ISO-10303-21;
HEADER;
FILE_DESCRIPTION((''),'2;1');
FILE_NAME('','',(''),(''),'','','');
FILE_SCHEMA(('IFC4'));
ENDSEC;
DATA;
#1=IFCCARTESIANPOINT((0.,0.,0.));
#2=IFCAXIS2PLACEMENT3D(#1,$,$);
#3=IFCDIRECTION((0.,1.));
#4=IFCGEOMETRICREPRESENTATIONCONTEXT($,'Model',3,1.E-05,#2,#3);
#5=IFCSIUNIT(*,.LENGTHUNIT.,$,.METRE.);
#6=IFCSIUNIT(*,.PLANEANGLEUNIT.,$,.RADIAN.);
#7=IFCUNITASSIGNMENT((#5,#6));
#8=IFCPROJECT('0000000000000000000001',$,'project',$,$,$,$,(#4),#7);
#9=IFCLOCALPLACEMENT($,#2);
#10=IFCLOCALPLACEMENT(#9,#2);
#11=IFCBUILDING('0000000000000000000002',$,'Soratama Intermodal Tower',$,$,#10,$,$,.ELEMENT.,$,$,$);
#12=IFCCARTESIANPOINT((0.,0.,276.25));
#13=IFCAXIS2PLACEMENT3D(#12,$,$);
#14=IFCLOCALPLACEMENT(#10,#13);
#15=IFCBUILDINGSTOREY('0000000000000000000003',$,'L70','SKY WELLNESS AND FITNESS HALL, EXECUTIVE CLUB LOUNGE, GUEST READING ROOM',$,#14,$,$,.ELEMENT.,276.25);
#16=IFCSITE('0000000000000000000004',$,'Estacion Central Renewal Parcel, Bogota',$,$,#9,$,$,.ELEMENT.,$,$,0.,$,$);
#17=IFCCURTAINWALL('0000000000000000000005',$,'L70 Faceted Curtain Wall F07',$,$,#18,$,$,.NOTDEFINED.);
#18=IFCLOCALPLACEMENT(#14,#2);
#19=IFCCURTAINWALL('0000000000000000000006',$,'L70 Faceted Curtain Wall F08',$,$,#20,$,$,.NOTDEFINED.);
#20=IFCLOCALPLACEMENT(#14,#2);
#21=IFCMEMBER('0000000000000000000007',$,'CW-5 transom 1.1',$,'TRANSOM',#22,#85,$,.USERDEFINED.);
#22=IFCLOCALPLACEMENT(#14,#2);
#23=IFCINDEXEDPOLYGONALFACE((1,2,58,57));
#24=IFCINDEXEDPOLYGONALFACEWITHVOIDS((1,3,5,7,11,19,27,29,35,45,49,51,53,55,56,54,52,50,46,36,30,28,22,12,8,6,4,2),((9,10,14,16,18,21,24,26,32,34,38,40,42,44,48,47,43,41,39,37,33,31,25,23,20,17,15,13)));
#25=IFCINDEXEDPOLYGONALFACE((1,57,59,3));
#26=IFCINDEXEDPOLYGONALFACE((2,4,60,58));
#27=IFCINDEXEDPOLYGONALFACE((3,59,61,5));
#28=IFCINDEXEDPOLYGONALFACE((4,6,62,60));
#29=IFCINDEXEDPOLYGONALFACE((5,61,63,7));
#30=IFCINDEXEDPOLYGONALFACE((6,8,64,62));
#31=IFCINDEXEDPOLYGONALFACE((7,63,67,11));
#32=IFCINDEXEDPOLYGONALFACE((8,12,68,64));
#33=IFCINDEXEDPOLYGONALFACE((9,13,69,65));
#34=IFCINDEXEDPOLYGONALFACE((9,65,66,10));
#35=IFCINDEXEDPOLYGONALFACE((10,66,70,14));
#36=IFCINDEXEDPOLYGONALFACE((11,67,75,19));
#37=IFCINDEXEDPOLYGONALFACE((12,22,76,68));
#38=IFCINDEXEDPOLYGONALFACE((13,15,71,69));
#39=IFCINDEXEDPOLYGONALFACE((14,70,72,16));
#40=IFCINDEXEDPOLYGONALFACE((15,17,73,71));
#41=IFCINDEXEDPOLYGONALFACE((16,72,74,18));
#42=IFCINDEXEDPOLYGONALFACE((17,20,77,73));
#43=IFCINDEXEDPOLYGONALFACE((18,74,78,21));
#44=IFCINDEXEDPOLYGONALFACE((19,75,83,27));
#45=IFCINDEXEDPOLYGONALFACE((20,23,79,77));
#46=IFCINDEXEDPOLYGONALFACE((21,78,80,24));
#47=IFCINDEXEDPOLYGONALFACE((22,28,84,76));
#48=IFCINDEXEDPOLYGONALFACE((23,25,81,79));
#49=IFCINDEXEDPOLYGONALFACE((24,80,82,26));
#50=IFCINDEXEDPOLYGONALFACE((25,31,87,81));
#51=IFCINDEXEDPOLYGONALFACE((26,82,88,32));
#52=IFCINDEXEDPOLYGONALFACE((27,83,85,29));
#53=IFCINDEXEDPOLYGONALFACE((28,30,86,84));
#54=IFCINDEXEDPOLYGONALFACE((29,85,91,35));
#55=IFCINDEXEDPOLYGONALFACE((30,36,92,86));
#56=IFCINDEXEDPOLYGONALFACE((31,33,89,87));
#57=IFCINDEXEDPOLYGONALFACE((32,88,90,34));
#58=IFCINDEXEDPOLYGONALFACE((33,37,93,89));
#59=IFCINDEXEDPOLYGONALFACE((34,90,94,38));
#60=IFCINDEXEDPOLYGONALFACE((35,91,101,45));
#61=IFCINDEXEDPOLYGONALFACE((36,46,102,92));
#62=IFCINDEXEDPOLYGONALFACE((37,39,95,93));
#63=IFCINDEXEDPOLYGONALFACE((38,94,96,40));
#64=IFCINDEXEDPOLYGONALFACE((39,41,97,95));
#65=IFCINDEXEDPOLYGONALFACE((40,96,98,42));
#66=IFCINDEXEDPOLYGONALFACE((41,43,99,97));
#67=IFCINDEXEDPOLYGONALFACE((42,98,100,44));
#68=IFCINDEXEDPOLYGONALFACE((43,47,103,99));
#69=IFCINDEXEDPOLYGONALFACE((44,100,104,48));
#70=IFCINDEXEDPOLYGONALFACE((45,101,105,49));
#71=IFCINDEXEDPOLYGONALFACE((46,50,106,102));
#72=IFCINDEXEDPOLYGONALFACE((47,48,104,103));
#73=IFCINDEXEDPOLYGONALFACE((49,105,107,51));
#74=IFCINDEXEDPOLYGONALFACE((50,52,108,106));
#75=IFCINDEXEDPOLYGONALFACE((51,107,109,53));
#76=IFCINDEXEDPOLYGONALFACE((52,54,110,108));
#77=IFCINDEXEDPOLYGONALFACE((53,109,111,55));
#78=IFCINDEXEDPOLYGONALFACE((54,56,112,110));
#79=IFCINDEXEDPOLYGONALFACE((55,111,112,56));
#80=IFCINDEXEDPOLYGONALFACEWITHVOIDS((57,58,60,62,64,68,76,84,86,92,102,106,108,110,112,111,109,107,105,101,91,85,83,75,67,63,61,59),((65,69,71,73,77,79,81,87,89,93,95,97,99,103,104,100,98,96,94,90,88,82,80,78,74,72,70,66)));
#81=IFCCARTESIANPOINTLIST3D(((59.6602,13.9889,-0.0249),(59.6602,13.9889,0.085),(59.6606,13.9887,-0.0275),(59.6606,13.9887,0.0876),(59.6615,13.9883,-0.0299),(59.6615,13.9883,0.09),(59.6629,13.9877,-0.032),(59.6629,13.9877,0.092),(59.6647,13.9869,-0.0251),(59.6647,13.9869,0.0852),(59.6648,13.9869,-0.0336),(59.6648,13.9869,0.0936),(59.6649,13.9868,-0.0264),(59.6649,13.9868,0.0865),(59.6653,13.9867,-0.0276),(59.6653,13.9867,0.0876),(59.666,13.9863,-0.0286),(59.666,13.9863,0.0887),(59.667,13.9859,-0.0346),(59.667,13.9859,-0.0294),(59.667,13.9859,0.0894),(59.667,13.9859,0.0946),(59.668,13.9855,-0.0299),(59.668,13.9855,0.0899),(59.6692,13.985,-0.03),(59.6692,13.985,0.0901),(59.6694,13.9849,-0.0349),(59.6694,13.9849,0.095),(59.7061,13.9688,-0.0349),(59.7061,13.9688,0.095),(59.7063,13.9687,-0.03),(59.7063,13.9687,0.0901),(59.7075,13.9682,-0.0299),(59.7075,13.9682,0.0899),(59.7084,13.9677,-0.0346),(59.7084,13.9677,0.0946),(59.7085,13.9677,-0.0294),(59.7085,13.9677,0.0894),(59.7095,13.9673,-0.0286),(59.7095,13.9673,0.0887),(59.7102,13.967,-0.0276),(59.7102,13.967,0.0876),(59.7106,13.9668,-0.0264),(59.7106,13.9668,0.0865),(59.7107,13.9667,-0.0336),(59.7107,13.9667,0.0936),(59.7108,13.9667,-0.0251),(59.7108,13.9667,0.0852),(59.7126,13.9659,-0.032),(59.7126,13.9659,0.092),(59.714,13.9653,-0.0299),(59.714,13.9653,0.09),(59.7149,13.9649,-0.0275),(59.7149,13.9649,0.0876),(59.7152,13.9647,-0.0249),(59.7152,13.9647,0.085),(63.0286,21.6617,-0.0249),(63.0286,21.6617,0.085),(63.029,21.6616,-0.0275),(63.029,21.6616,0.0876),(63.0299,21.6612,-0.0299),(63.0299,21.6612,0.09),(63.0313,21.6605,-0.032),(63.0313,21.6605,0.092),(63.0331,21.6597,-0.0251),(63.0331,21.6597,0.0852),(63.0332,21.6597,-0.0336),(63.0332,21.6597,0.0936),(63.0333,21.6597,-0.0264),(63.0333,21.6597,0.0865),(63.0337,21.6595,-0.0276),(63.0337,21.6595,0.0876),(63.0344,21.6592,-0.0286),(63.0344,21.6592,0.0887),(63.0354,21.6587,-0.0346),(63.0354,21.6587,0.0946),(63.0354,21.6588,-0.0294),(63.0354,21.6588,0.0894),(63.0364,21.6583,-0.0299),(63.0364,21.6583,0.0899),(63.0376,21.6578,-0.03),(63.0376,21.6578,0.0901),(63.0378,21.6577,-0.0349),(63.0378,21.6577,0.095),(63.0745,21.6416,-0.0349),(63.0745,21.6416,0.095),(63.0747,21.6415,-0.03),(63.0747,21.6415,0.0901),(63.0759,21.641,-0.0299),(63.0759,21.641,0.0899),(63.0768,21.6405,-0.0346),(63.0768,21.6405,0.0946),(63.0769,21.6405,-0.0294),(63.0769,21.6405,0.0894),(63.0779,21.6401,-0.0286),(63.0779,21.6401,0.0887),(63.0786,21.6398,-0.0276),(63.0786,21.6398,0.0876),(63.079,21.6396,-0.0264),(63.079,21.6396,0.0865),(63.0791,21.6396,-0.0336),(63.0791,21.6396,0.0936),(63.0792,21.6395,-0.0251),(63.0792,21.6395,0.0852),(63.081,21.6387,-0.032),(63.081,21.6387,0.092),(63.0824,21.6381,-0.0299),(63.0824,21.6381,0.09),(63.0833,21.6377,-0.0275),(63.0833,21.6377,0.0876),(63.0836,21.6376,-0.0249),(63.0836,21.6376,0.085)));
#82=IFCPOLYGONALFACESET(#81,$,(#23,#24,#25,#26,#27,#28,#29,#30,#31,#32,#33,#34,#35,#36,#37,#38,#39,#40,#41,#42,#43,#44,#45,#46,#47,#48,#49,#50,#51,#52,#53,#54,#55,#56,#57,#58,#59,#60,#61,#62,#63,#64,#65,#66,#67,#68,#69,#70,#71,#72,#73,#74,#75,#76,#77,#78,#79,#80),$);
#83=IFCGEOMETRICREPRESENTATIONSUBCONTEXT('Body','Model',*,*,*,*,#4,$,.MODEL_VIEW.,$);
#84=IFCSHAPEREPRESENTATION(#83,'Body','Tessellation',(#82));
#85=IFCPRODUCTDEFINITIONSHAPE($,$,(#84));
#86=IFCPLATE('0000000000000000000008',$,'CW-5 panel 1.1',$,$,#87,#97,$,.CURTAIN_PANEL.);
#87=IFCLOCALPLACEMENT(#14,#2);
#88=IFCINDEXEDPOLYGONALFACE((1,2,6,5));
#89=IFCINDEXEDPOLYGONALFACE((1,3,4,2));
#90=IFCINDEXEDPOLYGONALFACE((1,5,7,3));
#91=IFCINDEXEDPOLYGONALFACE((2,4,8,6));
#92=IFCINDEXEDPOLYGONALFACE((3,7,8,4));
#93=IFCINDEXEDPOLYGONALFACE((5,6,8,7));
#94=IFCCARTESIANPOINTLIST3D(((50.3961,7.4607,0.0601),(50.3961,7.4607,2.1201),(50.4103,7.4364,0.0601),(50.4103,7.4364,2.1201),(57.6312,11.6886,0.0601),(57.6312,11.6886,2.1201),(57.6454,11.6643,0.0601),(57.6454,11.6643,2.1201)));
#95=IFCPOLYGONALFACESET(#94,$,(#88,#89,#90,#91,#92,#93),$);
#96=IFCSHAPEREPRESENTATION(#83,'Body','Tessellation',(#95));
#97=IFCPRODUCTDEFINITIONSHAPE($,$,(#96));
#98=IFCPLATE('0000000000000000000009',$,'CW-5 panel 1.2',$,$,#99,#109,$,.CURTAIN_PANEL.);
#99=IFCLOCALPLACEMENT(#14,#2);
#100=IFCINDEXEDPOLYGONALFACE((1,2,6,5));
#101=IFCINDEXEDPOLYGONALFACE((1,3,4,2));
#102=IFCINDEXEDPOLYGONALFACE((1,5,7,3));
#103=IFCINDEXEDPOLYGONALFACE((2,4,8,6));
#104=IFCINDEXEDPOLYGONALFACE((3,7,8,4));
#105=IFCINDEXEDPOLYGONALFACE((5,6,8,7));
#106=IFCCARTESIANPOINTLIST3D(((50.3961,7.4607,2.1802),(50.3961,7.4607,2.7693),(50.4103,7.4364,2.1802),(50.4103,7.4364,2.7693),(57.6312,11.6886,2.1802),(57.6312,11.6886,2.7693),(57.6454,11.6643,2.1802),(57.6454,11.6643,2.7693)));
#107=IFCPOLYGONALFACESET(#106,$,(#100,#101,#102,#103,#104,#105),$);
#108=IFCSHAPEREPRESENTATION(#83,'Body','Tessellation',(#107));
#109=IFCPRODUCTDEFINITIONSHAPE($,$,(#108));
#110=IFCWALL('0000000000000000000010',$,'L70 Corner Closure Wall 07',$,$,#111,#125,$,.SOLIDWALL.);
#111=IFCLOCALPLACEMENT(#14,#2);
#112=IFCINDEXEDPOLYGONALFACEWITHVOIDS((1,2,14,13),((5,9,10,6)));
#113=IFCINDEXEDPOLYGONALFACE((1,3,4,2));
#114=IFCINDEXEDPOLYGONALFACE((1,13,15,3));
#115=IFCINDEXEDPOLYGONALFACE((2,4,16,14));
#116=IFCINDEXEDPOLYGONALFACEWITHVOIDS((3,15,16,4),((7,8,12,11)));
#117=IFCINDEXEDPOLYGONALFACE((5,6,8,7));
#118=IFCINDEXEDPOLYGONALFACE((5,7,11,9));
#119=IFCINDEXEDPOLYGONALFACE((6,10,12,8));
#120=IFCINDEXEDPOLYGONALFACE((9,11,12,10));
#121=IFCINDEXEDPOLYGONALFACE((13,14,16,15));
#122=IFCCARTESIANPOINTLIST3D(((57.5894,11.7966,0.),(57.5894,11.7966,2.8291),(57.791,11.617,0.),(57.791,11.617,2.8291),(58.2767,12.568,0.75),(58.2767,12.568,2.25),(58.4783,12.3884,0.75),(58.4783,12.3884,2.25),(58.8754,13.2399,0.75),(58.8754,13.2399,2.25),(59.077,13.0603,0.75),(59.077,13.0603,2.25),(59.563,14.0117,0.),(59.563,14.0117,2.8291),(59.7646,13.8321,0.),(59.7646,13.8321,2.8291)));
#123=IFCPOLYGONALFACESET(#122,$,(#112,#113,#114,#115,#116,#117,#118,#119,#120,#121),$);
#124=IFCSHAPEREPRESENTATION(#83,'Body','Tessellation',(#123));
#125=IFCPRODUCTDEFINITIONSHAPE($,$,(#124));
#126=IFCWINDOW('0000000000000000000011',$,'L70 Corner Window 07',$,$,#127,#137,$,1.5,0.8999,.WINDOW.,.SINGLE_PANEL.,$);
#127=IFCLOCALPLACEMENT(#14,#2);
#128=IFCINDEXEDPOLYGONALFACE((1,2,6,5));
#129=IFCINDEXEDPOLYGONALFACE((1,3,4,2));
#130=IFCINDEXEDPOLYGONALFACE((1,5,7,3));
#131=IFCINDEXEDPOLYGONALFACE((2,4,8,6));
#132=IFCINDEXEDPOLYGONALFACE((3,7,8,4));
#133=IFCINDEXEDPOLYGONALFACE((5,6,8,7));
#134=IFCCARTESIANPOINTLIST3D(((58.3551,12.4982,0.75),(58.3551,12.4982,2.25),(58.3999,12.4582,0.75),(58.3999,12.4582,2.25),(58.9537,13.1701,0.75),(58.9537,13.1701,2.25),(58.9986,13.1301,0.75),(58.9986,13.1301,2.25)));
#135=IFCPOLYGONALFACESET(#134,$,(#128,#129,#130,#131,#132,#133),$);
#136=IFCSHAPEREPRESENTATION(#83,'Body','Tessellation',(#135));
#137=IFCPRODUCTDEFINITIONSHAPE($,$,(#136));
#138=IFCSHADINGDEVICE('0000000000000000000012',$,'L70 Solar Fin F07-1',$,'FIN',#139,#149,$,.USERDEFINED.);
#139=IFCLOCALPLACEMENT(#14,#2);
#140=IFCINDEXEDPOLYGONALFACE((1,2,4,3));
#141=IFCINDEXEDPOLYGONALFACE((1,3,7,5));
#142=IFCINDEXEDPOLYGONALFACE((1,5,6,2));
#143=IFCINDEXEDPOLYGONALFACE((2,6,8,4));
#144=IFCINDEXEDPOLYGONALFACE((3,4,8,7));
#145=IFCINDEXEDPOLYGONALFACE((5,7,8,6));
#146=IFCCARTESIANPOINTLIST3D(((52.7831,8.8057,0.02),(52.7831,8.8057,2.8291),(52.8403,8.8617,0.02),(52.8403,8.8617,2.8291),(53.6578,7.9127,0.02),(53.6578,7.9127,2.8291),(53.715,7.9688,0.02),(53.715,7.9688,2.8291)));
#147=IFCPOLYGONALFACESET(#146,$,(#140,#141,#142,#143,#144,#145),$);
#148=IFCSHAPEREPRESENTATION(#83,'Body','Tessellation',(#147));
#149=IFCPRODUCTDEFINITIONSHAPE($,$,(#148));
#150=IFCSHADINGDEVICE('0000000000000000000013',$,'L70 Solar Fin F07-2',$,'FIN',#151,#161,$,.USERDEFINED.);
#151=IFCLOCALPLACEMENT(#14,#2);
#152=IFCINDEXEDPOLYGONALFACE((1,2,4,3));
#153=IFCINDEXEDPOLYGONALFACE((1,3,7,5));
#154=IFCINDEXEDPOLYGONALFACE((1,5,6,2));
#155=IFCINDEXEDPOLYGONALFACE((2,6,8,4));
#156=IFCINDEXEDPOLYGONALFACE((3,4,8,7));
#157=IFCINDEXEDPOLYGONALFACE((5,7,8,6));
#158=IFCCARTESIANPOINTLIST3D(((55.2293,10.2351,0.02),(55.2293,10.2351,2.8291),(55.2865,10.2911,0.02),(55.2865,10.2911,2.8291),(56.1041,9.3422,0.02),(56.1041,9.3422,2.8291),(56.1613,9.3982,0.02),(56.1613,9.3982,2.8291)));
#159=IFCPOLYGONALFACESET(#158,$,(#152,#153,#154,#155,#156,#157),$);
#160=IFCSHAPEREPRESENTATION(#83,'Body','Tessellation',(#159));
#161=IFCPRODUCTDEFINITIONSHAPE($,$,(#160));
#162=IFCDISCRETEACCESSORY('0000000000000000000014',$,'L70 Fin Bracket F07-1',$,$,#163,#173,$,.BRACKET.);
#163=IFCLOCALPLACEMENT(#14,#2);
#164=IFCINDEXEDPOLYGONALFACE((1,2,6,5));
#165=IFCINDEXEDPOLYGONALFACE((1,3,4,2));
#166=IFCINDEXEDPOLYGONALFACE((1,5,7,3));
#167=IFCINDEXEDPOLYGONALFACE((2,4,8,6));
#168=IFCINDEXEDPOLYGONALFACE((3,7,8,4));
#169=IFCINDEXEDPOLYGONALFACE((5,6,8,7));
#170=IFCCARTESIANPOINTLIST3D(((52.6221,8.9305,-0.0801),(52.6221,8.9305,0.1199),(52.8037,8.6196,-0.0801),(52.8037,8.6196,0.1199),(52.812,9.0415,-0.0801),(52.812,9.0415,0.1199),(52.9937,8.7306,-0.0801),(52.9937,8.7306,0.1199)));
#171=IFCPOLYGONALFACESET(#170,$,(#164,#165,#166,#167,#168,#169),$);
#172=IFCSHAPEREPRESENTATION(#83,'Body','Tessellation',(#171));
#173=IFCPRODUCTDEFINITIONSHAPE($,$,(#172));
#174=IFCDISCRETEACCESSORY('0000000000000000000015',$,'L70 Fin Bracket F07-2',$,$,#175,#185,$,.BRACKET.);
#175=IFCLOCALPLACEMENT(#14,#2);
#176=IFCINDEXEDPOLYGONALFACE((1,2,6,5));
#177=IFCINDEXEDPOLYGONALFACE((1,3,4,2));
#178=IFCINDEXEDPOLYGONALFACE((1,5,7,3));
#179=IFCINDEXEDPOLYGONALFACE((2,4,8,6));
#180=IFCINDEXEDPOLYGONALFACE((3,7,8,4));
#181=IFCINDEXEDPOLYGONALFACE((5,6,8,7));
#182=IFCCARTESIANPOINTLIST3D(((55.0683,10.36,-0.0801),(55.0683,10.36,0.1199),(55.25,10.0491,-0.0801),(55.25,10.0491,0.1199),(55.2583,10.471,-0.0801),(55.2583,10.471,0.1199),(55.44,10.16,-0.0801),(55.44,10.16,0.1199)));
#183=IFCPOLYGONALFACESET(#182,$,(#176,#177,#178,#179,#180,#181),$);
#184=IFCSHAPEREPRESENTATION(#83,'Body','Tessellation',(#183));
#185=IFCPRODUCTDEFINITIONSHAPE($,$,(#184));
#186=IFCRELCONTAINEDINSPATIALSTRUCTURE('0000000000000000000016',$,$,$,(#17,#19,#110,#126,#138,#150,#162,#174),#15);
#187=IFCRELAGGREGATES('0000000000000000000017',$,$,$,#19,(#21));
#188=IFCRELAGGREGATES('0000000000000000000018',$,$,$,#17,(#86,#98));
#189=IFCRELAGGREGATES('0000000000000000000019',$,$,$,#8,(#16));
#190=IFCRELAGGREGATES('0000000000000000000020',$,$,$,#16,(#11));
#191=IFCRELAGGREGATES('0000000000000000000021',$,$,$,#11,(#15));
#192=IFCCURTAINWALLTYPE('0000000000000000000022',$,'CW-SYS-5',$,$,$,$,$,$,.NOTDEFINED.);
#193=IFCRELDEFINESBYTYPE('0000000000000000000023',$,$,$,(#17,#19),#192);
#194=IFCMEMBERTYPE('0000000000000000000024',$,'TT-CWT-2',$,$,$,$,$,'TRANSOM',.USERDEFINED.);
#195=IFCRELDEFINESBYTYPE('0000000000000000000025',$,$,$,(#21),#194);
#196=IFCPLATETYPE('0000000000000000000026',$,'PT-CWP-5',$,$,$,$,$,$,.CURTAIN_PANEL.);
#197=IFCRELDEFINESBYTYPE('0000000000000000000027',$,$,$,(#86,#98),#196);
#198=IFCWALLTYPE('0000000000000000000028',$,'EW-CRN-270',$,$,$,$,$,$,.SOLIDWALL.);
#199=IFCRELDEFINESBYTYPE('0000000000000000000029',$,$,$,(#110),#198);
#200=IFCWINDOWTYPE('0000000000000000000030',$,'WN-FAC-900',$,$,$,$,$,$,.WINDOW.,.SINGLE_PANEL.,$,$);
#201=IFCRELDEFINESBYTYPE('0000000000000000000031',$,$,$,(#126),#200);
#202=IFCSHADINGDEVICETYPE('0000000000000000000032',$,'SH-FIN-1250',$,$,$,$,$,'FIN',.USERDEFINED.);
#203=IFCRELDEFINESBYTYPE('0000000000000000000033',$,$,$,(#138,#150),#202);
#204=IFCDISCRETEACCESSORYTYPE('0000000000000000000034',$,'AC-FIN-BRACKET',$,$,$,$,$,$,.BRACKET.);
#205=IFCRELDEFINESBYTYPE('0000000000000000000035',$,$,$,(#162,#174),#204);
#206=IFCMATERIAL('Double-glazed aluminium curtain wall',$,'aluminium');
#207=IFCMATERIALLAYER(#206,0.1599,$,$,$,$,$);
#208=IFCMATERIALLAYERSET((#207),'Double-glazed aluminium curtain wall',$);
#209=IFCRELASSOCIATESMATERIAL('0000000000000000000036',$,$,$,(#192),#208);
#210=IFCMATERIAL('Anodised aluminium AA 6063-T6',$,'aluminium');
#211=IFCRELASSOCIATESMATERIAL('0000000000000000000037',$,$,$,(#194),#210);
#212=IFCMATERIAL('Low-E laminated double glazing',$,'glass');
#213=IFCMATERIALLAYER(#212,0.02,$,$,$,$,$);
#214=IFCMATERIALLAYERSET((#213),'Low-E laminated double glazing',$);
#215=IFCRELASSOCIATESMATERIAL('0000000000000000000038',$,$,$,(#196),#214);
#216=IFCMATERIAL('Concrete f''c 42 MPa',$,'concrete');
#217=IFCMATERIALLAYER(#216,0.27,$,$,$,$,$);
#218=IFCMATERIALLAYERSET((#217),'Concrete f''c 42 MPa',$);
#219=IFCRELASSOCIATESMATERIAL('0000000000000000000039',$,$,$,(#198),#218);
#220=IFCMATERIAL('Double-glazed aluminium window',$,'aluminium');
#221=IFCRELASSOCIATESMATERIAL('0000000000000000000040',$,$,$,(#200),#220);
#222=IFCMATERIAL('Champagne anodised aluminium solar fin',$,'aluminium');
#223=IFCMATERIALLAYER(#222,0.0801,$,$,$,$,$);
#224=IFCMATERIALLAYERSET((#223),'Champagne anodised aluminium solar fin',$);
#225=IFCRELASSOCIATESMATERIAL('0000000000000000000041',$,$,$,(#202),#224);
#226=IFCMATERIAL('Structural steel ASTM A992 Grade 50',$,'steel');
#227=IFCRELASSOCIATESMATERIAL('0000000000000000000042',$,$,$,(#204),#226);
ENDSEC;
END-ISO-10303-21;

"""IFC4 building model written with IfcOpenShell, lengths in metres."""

from ifc_helpers import new_model, si_unit, direction, frame, frame_2d, origin, origin_2d, place, context, subcontext, project, spatial, rectangle, hollow_rectangle, extrude, material, layer, layer_set, material_profile, profile_set, type_object, element, fill, aggregate, save


model = new_model("IFC4")

# Units and contexts
model_context = context("Model", 3, precision=1e-05, world=origin(), true_north=direction((0.0, 1.0)))
body_context = subcontext(model_context, "Body", "Model", "MODEL_VIEW")
ifc_project = project(units=[si_unit("LENGTHUNIT", "METRE"), si_unit("PLANEANGLEUNIT", "RADIAN")], contexts=[model_context])

# Site, building, storey
site_placement = place(None, origin())
site = spatial("IfcSite", under=ifc_project, at=site_placement, Name="Estacion Central Renewal Parcel, Bogota", CompositionType="ELEMENT", RefElevation=0.0)
building_placement = place(site_placement, origin())
building = spatial("IfcBuilding", under=site, at=building_placement, Name="Soratama Intermodal Tower", CompositionType="ELEMENT")
storey_placement = place(building_placement, frame((0.0, 0.0, 276.25)))
storey = spatial("IfcBuildingStorey", under=building, at=storey_placement, Name="L70", Description="SKY WELLNESS AND FITNESS HALL, EXECUTIVE CLUB LOUNGE, GUEST READING ROOM", CompositionType="ELEMENT", Elevation=276.25)

# Curtain walls
ifc_material_1 = material(Name="Double-glazed aluminium curtain wall", Category="aluminium")
ifc_layer_1 = layer(ifc_material_1, 0.1599)
ifc_layer_set_1 = layer_set([ifc_layer_1], Name="Double-glazed aluminium curtain wall")
curtain_wall_type = type_object("IfcCurtainWallType", Name="CW-SYS-5", PredefinedType="NOTDEFINED", material=ifc_layer_set_1)
curtain_wall_1_placement = place(storey_placement, origin())
curtain_wall_1 = element("IfcCurtainWall", 1, at=curtain_wall_1_placement, inside=storey, type_object=curtain_wall_type, Name="L70 Faceted Curtain Wall F07", PredefinedType="NOTDEFINED")
curtain_wall_2_placement = place(storey_placement, origin())
curtain_wall_2 = element("IfcCurtainWall", 2, at=curtain_wall_2_placement, inside=storey, type_object=curtain_wall_type, Name="L70 Faceted Curtain Wall F08", PredefinedType="NOTDEFINED")

# Member
ifc_material_2 = material(Name="Anodised aluminium AA 6063-T6", Category="aluminium")
ifc_material_profile_1 = material_profile(ifc_material_2, hollow_rectangle(XDim=0.0601, YDim=0.1299, WallThickness=0.0049, InnerFilletRadius=0.0049, OuterFilletRadius=0.01, at=origin_2d()), Name="CWT130X60X5")
ifc_profile_set_1 = profile_set([ifc_material_profile_1], Name="Anodised aluminium AA 6063-T6")
member_type_1 = type_object("IfcMemberType", Name="TT-CWT-2", ElementType="TRANSOM", PredefinedType="USERDEFINED", material=ifc_profile_set_1)
member_1_placement = place(storey_placement, frame((59.6877, 13.9768, 0.03), z_axis=(0.401974, 0.915651, 0.0), x_axis=(-0.915651, 0.401974, 0.0)))
member_1 = element("IfcMember", 3, at=member_1_placement, type_object=member_type_1, Name="CW-5 transom 1.1", ObjectType="TRANSOM", PredefinedType="USERDEFINED", context=body_context, shape_type="SweptSolid", body=[
    extrude(hollow_rectangle(XDim=0.0601, YDim=0.1299, WallThickness=0.0049, InnerFilletRadius=0.0049, OuterFilletRadius=0.01, at=origin_2d()), origin(), (0.0, 0.0, 1.0), 8.3796),
])
aggregate(curtain_wall_2, [member_1])

# Plates
ifc_material_3 = material(Name="Low-E laminated double glazing", Category="glass")
ifc_layer_2 = layer(ifc_material_3, 0.02)
ifc_layer_set_2 = layer_set([ifc_layer_2], Name="Low-E laminated double glazing")
plate_type = type_object("IfcPlateType", Name="PT-CWP-5", PredefinedType="CURTAIN_PANEL", material=ifc_layer_set_2)
plate_1_placement = place(storey_placement, frame((54.0208, 9.5625, 0.0601), z_axis=(0.0, 0.0, 1.0), x_axis=(0.863395, 0.504528, 0.0)))
plate_1 = element("IfcPlate", 4, at=plate_1_placement, type_object=plate_type, Name="CW-5 panel 1.1", PredefinedType="CURTAIN_PANEL", context=body_context, shape_type="SweptSolid", body=[
    extrude(rectangle(XDim=8.3799, YDim=0.0281, at=origin_2d()), origin(), (0.0, 0.0, 1.0), 2.0601),
])
plate_2_placement = place(storey_placement, frame((54.0208, 9.5625, 2.1802), z_axis=(0.0, 0.0, 1.0), x_axis=(0.863395, 0.504528, 0.0)))
plate_2 = element("IfcPlate", 5, at=plate_2_placement, type_object=plate_type, Name="CW-5 panel 1.2", PredefinedType="CURTAIN_PANEL", context=body_context, shape_type="SweptSolid", body=[
    extrude(rectangle(XDim=8.3799, YDim=0.0281, at=origin_2d()), origin(), (0.0, 0.0, 1.0), 0.5891),
])
aggregate(curtain_wall_1, [plate_1, plate_2])

# Wall, opening, window
ifc_material_4 = material(Name="Concrete f'c 42 MPa", Category="concrete")
ifc_layer_3 = layer(ifc_material_4, 0.27)
ifc_layer_set_3 = layer_set([ifc_layer_3], Name="Concrete f'c 42 MPa")
wall_type = type_object("IfcWallType", Name="EW-CRN-270", PredefinedType="SOLIDWALL", material=ifc_layer_set_3)
wall_placement = place(storey_placement, frame((57.6902, 11.7068, 0.0), z_axis=(0.0, 0.0, 1.0), x_axis=(0.665242, 0.746628, 0.0)))
wall = element("IfcWall", 6, at=wall_placement, inside=storey, type_object=wall_type, Name="L70 Corner Closure Wall 07", PredefinedType="SOLIDWALL", context=body_context, shape_type="SweptSolid", body=[
    extrude(rectangle(XDim=2.9668, YDim=0.27, at=frame_2d((1.4834, 0.0))), origin(), (0.0, 0.0, 1.0), 2.8291),
])
opening_placement = place(wall_placement, frame((1.0332, 0.0, 0.75)))
opening = element("IfcOpeningElement", 7, at=opening_placement, cuts=wall, PredefinedType="OPENING", context=body_context, shape_type="SweptSolid", body=[
    extrude(rectangle(XDim=0.8999, YDim=1.5, at=frame_2d((0.45, 0.75))), frame((0.0, 0.145, 0.0), z_axis=(0.0, -1.0, 0.0), x_axis=(1.0, 0.0, 0.0)), (0.0, 0.0, 1.0), 0.29),
])
ifc_material_5 = material(Name="Double-glazed aluminium window", Category="aluminium")
window_type = type_object("IfcWindowType", Name="WN-FAC-900", PartitioningType="SINGLE_PANEL", PredefinedType="WINDOW", material=ifc_material_5)
window_placement = place(opening_placement, origin())
window = element("IfcWindow", 8, at=window_placement, inside=storey, type_object=window_type, Name="L70 Corner Window 07", OverallHeight=1.5, OverallWidth=0.8999, PartitioningType="SINGLE_PANEL", PredefinedType="WINDOW", context=body_context, shape_type="SweptSolid", body=[
    extrude(rectangle(XDim=0.8999, YDim=1.5, at=frame_2d((0.45, 0.75))), frame((0.0, 0.03, 0.0), z_axis=(0.0, -1.0, 0.0), x_axis=(1.0, 0.0, 0.0)), (0.0, 0.0, 1.0), 0.0601),
])
fill(opening, window)

# Shading devices
ifc_material_6 = material(Name="Champagne anodised aluminium solar fin", Category="aluminium")
ifc_layer_4 = layer(ifc_material_6, 0.0801)
ifc_layer_set_4 = layer_set([ifc_layer_4], Name="Champagne anodised aluminium solar fin")
shading_device_type = type_object("IfcShadingDeviceType", Name="SH-FIN-1250", ElementType="FIN", PredefinedType="USERDEFINED", material=ifc_layer_set_4)
for number, where, z_axis, x_axis, name in (
    (9, (53.249, 8.3872, 0.02), (0.0, 0.0, 1.0), (0.699788, -0.714351, 0.0), "L70 Solar Fin F07-1"),
    (10, (55.6953, 9.8167, 0.02), (0.0, 0.0, 1.0), (0.699788, -0.714351, 0.0), "L70 Solar Fin F07-2"),
):
    element("IfcShadingDevice", number, at=place(storey_placement, frame(where, z_axis=z_axis, x_axis=x_axis)), inside=storey, type_object=shading_device_type, Name=name, ObjectType="FIN", PredefinedType="USERDEFINED", context=body_context, shape_type="SweptSolid", body=[
        extrude(rectangle(XDim=1.25, YDim=0.0801, at=origin_2d()), origin(), (0.0, 0.0, 1.0), 2.8091),
    ])

# Discrete accessories
ifc_material_7 = material(Name="Structural steel ASTM A992 Grade 50", Category="steel")
discrete_accessory_type = type_object("IfcDiscreteAccessoryType", Name="AC-FIN-BRACKET", PredefinedType="BRACKET", material=ifc_material_7)
for number, where, z_axis, x_axis, name in (
    (11, (52.8079, 8.8306, -0.0801), (0.0, 0.0, 1.0), (0.504528, -0.863396, 0.0), "L70 Fin Bracket F07-1"),
    (12, (55.2542, 10.26, -0.0801), (0.0, 0.0, 1.0), (0.504528, -0.863396, 0.0), "L70 Fin Bracket F07-2"),
):
    element("IfcDiscreteAccessory", number, at=place(storey_placement, frame(where, z_axis=z_axis, x_axis=x_axis)), inside=storey, type_object=discrete_accessory_type, Name=name, PredefinedType="BRACKET", context=body_context, shape_type="SweptSolid", body=[
        extrude(rectangle(XDim=0.3601, YDim=0.22, at=origin_2d()), origin(), (0.0, 0.0, 1.0), 0.2),
    ])

save(model, "model.ifc")
